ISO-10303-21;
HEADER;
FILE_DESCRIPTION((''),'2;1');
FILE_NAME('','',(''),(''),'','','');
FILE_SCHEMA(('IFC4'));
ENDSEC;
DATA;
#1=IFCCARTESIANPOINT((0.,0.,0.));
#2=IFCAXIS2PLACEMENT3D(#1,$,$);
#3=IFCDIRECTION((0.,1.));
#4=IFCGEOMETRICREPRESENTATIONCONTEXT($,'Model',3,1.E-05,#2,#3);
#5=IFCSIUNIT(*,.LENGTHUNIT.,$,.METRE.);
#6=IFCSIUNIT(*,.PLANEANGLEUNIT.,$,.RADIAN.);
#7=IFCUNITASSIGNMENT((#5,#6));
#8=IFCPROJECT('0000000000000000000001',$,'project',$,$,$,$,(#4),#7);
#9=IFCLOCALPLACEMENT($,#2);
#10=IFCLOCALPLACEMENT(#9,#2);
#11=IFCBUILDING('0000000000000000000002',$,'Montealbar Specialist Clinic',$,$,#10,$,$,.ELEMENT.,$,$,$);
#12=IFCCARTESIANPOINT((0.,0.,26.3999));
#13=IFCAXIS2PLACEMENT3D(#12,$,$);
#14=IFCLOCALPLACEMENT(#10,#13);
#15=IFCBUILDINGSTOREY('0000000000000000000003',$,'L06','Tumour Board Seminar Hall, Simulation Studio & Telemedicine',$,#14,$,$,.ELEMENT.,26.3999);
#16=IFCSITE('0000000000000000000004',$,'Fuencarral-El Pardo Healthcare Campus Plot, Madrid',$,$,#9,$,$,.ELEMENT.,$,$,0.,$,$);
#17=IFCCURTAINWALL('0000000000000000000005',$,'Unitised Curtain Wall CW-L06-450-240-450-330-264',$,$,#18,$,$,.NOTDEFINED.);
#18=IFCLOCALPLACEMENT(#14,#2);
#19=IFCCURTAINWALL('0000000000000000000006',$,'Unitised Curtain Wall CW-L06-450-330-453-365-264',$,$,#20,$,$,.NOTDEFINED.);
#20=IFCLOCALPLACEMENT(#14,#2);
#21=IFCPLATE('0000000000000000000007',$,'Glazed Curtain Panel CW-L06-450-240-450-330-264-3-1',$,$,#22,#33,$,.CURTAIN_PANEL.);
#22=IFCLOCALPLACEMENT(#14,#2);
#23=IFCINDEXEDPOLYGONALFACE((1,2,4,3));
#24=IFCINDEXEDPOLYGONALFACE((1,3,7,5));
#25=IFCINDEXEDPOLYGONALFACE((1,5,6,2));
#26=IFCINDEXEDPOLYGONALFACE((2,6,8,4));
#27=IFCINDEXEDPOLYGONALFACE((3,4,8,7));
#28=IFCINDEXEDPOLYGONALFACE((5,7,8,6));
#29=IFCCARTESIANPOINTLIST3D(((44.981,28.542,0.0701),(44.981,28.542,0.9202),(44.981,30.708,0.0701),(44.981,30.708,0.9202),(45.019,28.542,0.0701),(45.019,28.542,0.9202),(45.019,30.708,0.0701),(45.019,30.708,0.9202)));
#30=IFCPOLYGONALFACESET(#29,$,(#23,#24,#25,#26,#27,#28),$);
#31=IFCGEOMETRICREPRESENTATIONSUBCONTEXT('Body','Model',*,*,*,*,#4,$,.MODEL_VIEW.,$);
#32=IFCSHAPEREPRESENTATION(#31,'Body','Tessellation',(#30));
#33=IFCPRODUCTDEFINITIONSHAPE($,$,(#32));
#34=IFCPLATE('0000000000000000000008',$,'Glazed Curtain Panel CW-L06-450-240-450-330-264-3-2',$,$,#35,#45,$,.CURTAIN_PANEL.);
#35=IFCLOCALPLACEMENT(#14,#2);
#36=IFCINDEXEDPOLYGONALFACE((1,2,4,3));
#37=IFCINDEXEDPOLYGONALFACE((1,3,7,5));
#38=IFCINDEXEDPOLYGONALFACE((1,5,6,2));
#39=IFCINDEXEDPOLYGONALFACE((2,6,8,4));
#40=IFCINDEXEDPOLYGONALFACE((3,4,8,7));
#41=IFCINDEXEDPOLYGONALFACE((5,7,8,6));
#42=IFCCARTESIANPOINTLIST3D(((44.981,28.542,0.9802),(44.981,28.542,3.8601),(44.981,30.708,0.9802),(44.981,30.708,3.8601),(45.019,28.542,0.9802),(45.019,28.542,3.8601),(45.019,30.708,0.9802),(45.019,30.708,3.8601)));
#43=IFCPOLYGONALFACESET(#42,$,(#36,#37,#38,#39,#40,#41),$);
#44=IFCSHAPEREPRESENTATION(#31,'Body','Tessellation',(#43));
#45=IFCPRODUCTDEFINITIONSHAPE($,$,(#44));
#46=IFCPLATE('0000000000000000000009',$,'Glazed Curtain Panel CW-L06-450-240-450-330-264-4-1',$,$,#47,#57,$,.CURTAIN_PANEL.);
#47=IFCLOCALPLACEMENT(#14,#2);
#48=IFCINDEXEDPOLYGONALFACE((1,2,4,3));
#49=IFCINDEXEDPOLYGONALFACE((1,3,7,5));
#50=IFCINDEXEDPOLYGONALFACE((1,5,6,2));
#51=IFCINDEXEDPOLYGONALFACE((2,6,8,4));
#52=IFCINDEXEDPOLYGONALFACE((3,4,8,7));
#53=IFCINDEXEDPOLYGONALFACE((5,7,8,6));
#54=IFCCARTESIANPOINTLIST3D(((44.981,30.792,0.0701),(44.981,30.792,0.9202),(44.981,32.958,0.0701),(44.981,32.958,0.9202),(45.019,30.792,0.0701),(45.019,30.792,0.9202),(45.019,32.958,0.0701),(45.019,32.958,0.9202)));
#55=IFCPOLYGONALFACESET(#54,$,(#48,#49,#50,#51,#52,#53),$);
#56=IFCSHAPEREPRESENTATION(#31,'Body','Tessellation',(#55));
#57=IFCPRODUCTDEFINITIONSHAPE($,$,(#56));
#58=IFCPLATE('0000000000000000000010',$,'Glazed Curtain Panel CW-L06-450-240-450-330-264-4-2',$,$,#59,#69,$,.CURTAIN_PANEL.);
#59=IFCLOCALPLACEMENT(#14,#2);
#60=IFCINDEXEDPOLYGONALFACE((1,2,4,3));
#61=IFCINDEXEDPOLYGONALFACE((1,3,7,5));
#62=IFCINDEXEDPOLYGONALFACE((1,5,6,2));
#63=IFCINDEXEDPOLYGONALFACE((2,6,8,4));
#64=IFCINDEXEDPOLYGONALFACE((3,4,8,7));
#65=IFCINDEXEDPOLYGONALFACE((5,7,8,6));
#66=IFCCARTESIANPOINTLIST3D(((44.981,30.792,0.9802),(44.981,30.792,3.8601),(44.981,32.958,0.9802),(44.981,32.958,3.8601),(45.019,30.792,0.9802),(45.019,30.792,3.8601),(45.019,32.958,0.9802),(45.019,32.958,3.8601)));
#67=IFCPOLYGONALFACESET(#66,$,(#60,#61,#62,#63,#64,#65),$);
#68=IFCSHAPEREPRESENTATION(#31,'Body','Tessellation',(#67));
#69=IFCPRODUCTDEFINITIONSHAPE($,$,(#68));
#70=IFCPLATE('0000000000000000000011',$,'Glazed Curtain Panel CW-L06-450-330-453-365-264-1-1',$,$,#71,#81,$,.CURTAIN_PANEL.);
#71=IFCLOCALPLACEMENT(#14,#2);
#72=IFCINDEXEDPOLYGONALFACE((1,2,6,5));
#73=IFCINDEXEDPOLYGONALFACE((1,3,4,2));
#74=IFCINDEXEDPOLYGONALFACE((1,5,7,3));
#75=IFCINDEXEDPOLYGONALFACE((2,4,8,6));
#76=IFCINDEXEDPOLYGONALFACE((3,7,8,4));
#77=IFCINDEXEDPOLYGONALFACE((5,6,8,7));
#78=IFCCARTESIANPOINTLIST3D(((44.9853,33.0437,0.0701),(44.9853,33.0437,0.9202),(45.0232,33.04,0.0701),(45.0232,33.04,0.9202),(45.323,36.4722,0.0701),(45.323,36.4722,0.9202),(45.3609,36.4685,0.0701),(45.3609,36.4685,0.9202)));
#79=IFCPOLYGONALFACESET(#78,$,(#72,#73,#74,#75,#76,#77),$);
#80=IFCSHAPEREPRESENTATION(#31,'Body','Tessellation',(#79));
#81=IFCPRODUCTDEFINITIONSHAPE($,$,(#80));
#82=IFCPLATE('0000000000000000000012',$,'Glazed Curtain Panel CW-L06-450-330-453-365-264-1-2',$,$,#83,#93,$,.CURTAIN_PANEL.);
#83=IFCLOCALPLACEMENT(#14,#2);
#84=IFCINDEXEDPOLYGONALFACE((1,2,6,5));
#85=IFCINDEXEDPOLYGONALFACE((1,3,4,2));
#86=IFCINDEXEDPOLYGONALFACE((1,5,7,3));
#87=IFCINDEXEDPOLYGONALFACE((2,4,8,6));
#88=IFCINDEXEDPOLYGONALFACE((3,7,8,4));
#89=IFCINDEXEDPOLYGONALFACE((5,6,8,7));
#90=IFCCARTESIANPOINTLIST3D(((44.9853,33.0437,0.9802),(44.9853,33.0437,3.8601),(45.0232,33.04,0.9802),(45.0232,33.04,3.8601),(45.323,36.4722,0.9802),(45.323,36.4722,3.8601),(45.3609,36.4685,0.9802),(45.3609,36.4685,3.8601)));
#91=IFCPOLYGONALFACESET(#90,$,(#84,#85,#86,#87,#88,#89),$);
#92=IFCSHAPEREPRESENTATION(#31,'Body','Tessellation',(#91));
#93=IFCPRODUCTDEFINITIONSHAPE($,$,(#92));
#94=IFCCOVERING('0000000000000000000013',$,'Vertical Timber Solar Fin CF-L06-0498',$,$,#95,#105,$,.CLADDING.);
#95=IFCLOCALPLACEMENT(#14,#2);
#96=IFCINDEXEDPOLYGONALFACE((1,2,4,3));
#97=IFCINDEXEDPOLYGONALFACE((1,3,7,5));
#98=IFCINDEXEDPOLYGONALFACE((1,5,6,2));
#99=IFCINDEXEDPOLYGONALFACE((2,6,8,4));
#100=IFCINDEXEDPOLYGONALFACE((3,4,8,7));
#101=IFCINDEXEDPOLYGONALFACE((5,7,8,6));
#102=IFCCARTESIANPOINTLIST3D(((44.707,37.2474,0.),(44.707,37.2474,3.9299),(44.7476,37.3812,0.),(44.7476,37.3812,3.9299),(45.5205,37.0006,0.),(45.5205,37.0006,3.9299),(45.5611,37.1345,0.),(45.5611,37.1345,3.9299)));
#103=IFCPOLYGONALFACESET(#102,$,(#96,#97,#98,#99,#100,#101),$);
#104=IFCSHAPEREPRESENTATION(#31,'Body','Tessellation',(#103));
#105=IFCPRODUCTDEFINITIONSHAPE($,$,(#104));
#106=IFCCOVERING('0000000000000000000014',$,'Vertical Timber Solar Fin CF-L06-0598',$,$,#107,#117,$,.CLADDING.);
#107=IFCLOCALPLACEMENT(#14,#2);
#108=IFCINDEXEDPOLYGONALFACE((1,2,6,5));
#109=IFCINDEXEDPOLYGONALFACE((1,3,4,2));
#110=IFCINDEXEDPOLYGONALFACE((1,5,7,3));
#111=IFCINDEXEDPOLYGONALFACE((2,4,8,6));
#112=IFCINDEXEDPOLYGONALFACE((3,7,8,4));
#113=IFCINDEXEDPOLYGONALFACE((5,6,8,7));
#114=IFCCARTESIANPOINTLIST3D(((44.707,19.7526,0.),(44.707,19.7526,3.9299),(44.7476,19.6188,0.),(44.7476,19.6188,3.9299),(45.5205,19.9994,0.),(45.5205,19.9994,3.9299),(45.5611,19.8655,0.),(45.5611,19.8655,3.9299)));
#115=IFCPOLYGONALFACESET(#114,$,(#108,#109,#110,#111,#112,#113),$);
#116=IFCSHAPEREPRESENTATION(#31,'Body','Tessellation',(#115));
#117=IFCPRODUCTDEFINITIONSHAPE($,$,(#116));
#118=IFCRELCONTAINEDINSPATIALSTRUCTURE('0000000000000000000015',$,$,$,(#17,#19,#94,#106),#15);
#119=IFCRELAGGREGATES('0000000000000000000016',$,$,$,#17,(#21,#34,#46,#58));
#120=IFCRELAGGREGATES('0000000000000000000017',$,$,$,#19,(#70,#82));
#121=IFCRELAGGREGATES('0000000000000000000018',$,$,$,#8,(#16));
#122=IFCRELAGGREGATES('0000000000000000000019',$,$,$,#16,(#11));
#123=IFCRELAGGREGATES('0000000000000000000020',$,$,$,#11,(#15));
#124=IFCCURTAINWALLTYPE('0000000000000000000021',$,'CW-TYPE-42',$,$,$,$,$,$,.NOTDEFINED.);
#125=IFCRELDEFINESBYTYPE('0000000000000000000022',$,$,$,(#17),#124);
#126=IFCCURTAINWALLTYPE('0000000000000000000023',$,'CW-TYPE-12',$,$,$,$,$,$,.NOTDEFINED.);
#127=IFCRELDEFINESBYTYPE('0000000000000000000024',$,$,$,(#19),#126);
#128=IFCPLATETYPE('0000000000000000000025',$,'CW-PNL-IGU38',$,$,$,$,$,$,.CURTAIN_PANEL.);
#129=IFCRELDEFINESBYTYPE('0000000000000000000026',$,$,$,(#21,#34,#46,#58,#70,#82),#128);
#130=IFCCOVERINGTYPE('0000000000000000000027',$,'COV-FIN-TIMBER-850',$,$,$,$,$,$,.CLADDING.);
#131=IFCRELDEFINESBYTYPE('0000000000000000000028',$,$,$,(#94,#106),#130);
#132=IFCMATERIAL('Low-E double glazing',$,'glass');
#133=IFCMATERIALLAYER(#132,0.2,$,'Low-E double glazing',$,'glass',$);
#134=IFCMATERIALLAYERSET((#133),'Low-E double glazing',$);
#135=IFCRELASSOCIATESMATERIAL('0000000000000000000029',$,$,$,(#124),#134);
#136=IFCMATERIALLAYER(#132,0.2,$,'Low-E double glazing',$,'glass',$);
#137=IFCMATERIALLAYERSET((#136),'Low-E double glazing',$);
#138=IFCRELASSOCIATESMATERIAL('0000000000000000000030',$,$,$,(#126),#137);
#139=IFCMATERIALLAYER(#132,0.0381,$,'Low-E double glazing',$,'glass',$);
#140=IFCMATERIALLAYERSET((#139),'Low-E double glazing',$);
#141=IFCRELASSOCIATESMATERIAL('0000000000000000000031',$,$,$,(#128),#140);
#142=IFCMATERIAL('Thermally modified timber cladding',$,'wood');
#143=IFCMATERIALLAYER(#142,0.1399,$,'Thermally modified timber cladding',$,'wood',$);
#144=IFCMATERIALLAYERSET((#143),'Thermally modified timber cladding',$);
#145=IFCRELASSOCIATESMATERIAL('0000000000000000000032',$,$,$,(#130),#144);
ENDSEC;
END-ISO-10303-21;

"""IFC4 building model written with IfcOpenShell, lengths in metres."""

from ifc_helpers import new_model, si_unit, direction, frame, origin, origin_2d, place, context, subcontext, project, spatial, rectangle, extrude, material, layer, layer_set, type_object, element, aggregate, save


model = new_model("IFC4")

# Units and contexts
model_context = context("Model", 3, precision=1e-05, world=origin(), true_north=direction((0.0, 1.0)))
body_context = subcontext(model_context, "Body", "Model", "MODEL_VIEW")
ifc_project = project(units=[si_unit("LENGTHUNIT", "METRE"), si_unit("PLANEANGLEUNIT", "RADIAN")], contexts=[model_context])

# Site, building, storey
site_placement = place(None, origin())
site = spatial("IfcSite", under=ifc_project, at=site_placement, Name="Fuencarral-El Pardo Healthcare Campus Plot, Madrid", CompositionType="ELEMENT", RefElevation=0.0)
building_placement = place(site_placement, origin())
building = spatial("IfcBuilding", under=site, at=building_placement, Name="Montealbar Specialist Clinic", CompositionType="ELEMENT")
storey_placement = place(building_placement, frame((0.0, 0.0, 26.3999)))
storey = spatial("IfcBuildingStorey", under=building, at=storey_placement, Name="L06", Description="Tumour Board Seminar Hall, Simulation Studio & Telemedicine", CompositionType="ELEMENT", Elevation=26.3999)

# Curtain wall
ifc_material_1 = material(Name="Low-E double glazing", Category="glass")
ifc_layer_1 = layer(ifc_material_1, 0.2, Name="Low-E double glazing", Category="glass")
ifc_layer_set_1 = layer_set([ifc_layer_1], Name="Low-E double glazing")
curtain_wall_type_1 = type_object("IfcCurtainWallType", Name="CW-TYPE-42", PredefinedType="NOTDEFINED", material=ifc_layer_set_1)
curtain_wall_1_placement = place(storey_placement, origin())
curtain_wall_1 = element("IfcCurtainWall", 1, at=curtain_wall_1_placement, inside=storey, type_object=curtain_wall_type_1, Name="Unitised Curtain Wall CW-L06-450-240-450-330-264", PredefinedType="NOTDEFINED")

# Curtain wall
ifc_layer_2 = layer(ifc_material_1, 0.2, Name="Low-E double glazing", Category="glass")
ifc_layer_set_2 = layer_set([ifc_layer_2], Name="Low-E double glazing")
curtain_wall_type_2 = type_object("IfcCurtainWallType", Name="CW-TYPE-12", PredefinedType="NOTDEFINED", material=ifc_layer_set_2)
curtain_wall_2_placement = place(storey_placement, origin())
curtain_wall_2 = element("IfcCurtainWall", 2, at=curtain_wall_2_placement, inside=storey, type_object=curtain_wall_type_2, Name="Unitised Curtain Wall CW-L06-450-330-453-365-264", PredefinedType="NOTDEFINED")

# Plates
ifc_layer_3 = layer(ifc_material_1, 0.0381, Name="Low-E double glazing", Category="glass")
ifc_layer_set_3 = layer_set([ifc_layer_3], Name="Low-E double glazing")
plate_type = type_object("IfcPlateType", Name="CW-PNL-IGU38", PredefinedType="CURTAIN_PANEL", material=ifc_layer_set_3)
plate_1_placement = place(storey_placement, frame((45.0, 29.625, 0.0701), z_axis=(0.0, 0.0, 1.0), x_axis=(0.0, 1.0, 0.0)))
plate_1 = element("IfcPlate", 3, at=plate_1_placement, type_object=plate_type, Name="Glazed Curtain Panel CW-L06-450-240-450-330-264-3-1", PredefinedType="CURTAIN_PANEL", context=body_context, shape_type="SweptSolid", body=[
    extrude(rectangle(XDim=2.166, YDim=0.0381, at=origin_2d()), origin(), (0.0, 0.0, 1.0), 0.8501),
])
plate_2_placement = place(storey_placement, frame((45.0, 29.625, 0.9802), z_axis=(0.0, 0.0, 1.0), x_axis=(0.0, 1.0, 0.0)))
plate_2 = element("IfcPlate", 4, at=plate_2_placement, type_object=plate_type, Name="Glazed Curtain Panel CW-L06-450-240-450-330-264-3-2", PredefinedType="CURTAIN_PANEL", context=body_context, shape_type="SweptSolid", body=[
    extrude(rectangle(XDim=2.166, YDim=0.0381, at=origin_2d()), origin(), (0.0, 0.0, 1.0), 2.8799),
])
plate_3_placement = place(storey_placement, frame((45.0, 31.875, 0.0701), z_axis=(0.0, 0.0, 1.0), x_axis=(0.0, 1.0, 0.0)))
plate_3 = element("IfcPlate", 5, at=plate_3_placement, type_object=plate_type, Name="Glazed Curtain Panel CW-L06-450-240-450-330-264-4-1", PredefinedType="CURTAIN_PANEL", context=body_context, shape_type="SweptSolid", body=[
    extrude(rectangle(XDim=2.166, YDim=0.0381, at=origin_2d()), origin(), (0.0, 0.0, 1.0), 0.8501),
])
plate_4_placement = place(storey_placement, frame((45.0, 31.875, 0.9802), z_axis=(0.0, 0.0, 1.0), x_axis=(0.0, 1.0, 0.0)))
plate_4 = element("IfcPlate", 6, at=plate_4_placement, type_object=plate_type, Name="Glazed Curtain Panel CW-L06-450-240-450-330-264-4-2", PredefinedType="CURTAIN_PANEL", context=body_context, shape_type="SweptSolid", body=[
    extrude(rectangle(XDim=2.166, YDim=0.0381, at=origin_2d()), origin(), (0.0, 0.0, 1.0), 2.8799),
])
aggregate(curtain_wall_1, [plate_1, plate_2, plate_3, plate_4])
plate_5_placement = place(storey_placement, frame((45.1731, 34.7561, 0.0701), z_axis=(0.0, 0.0, 1.0), x_axis=(0.098045, 0.995182, 0.0)))
plate_5 = element("IfcPlate", 7, at=plate_5_placement, type_object=plate_type, Name="Glazed Curtain Panel CW-L06-450-330-453-365-264-1-1", PredefinedType="CURTAIN_PANEL", context=body_context, shape_type="SweptSolid", body=[
    extrude(rectangle(XDim=3.4451, YDim=0.0381, at=origin_2d()), origin(), (0.0, 0.0, 1.0), 0.8501),
])
plate_6_placement = place(storey_placement, frame((45.1731, 34.7561, 0.9802), z_axis=(0.0, 0.0, 1.0), x_axis=(0.098045, 0.995182, 0.0)))
plate_6 = element("IfcPlate", 8, at=plate_6_placement, type_object=plate_type, Name="Glazed Curtain Panel CW-L06-450-330-453-365-264-1-2", PredefinedType="CURTAIN_PANEL", context=body_context, shape_type="SweptSolid", body=[
    extrude(rectangle(XDim=3.4451, YDim=0.0381, at=origin_2d()), origin(), (0.0, 0.0, 1.0), 2.8799),
])
aggregate(curtain_wall_2, [plate_5, plate_6])

# Coverings
ifc_material_2 = material(Name="Thermally modified timber cladding", Category="wood")
ifc_layer_4 = layer(ifc_material_2, 0.1399, Name="Thermally modified timber cladding", Category="wood")
ifc_layer_set_4 = layer_set([ifc_layer_4], Name="Thermally modified timber cladding")
covering_type = type_object("IfcCoveringType", Name="COV-FIN-TIMBER-850", PredefinedType="CLADDING", material=ifc_layer_set_4)
for number, where, z_axis, x_axis, name in (
    (9, (45.134, 37.1909, 0.0), (0.0, 0.0, 1.0), (-0.956948, 0.290259, 0.0), "Vertical Timber Solar Fin CF-L06-0498"),
    (10, (45.134, 19.8091, 0.0), (0.0, 0.0, 1.0), (-0.956948, -0.290259, 0.0), "Vertical Timber Solar Fin CF-L06-0598"),
):
    element("IfcCovering", number, at=place(storey_placement, frame(where, z_axis=z_axis, x_axis=x_axis)), inside=storey, type_object=covering_type, Name=name, PredefinedType="CLADDING", context=body_context, shape_type="SweptSolid", body=[
        extrude(rectangle(XDim=0.8501, YDim=0.1399, at=origin_2d()), origin(), (0.0, 0.0, 1.0), 3.9299),
    ])

save(model, "model.ifc")
